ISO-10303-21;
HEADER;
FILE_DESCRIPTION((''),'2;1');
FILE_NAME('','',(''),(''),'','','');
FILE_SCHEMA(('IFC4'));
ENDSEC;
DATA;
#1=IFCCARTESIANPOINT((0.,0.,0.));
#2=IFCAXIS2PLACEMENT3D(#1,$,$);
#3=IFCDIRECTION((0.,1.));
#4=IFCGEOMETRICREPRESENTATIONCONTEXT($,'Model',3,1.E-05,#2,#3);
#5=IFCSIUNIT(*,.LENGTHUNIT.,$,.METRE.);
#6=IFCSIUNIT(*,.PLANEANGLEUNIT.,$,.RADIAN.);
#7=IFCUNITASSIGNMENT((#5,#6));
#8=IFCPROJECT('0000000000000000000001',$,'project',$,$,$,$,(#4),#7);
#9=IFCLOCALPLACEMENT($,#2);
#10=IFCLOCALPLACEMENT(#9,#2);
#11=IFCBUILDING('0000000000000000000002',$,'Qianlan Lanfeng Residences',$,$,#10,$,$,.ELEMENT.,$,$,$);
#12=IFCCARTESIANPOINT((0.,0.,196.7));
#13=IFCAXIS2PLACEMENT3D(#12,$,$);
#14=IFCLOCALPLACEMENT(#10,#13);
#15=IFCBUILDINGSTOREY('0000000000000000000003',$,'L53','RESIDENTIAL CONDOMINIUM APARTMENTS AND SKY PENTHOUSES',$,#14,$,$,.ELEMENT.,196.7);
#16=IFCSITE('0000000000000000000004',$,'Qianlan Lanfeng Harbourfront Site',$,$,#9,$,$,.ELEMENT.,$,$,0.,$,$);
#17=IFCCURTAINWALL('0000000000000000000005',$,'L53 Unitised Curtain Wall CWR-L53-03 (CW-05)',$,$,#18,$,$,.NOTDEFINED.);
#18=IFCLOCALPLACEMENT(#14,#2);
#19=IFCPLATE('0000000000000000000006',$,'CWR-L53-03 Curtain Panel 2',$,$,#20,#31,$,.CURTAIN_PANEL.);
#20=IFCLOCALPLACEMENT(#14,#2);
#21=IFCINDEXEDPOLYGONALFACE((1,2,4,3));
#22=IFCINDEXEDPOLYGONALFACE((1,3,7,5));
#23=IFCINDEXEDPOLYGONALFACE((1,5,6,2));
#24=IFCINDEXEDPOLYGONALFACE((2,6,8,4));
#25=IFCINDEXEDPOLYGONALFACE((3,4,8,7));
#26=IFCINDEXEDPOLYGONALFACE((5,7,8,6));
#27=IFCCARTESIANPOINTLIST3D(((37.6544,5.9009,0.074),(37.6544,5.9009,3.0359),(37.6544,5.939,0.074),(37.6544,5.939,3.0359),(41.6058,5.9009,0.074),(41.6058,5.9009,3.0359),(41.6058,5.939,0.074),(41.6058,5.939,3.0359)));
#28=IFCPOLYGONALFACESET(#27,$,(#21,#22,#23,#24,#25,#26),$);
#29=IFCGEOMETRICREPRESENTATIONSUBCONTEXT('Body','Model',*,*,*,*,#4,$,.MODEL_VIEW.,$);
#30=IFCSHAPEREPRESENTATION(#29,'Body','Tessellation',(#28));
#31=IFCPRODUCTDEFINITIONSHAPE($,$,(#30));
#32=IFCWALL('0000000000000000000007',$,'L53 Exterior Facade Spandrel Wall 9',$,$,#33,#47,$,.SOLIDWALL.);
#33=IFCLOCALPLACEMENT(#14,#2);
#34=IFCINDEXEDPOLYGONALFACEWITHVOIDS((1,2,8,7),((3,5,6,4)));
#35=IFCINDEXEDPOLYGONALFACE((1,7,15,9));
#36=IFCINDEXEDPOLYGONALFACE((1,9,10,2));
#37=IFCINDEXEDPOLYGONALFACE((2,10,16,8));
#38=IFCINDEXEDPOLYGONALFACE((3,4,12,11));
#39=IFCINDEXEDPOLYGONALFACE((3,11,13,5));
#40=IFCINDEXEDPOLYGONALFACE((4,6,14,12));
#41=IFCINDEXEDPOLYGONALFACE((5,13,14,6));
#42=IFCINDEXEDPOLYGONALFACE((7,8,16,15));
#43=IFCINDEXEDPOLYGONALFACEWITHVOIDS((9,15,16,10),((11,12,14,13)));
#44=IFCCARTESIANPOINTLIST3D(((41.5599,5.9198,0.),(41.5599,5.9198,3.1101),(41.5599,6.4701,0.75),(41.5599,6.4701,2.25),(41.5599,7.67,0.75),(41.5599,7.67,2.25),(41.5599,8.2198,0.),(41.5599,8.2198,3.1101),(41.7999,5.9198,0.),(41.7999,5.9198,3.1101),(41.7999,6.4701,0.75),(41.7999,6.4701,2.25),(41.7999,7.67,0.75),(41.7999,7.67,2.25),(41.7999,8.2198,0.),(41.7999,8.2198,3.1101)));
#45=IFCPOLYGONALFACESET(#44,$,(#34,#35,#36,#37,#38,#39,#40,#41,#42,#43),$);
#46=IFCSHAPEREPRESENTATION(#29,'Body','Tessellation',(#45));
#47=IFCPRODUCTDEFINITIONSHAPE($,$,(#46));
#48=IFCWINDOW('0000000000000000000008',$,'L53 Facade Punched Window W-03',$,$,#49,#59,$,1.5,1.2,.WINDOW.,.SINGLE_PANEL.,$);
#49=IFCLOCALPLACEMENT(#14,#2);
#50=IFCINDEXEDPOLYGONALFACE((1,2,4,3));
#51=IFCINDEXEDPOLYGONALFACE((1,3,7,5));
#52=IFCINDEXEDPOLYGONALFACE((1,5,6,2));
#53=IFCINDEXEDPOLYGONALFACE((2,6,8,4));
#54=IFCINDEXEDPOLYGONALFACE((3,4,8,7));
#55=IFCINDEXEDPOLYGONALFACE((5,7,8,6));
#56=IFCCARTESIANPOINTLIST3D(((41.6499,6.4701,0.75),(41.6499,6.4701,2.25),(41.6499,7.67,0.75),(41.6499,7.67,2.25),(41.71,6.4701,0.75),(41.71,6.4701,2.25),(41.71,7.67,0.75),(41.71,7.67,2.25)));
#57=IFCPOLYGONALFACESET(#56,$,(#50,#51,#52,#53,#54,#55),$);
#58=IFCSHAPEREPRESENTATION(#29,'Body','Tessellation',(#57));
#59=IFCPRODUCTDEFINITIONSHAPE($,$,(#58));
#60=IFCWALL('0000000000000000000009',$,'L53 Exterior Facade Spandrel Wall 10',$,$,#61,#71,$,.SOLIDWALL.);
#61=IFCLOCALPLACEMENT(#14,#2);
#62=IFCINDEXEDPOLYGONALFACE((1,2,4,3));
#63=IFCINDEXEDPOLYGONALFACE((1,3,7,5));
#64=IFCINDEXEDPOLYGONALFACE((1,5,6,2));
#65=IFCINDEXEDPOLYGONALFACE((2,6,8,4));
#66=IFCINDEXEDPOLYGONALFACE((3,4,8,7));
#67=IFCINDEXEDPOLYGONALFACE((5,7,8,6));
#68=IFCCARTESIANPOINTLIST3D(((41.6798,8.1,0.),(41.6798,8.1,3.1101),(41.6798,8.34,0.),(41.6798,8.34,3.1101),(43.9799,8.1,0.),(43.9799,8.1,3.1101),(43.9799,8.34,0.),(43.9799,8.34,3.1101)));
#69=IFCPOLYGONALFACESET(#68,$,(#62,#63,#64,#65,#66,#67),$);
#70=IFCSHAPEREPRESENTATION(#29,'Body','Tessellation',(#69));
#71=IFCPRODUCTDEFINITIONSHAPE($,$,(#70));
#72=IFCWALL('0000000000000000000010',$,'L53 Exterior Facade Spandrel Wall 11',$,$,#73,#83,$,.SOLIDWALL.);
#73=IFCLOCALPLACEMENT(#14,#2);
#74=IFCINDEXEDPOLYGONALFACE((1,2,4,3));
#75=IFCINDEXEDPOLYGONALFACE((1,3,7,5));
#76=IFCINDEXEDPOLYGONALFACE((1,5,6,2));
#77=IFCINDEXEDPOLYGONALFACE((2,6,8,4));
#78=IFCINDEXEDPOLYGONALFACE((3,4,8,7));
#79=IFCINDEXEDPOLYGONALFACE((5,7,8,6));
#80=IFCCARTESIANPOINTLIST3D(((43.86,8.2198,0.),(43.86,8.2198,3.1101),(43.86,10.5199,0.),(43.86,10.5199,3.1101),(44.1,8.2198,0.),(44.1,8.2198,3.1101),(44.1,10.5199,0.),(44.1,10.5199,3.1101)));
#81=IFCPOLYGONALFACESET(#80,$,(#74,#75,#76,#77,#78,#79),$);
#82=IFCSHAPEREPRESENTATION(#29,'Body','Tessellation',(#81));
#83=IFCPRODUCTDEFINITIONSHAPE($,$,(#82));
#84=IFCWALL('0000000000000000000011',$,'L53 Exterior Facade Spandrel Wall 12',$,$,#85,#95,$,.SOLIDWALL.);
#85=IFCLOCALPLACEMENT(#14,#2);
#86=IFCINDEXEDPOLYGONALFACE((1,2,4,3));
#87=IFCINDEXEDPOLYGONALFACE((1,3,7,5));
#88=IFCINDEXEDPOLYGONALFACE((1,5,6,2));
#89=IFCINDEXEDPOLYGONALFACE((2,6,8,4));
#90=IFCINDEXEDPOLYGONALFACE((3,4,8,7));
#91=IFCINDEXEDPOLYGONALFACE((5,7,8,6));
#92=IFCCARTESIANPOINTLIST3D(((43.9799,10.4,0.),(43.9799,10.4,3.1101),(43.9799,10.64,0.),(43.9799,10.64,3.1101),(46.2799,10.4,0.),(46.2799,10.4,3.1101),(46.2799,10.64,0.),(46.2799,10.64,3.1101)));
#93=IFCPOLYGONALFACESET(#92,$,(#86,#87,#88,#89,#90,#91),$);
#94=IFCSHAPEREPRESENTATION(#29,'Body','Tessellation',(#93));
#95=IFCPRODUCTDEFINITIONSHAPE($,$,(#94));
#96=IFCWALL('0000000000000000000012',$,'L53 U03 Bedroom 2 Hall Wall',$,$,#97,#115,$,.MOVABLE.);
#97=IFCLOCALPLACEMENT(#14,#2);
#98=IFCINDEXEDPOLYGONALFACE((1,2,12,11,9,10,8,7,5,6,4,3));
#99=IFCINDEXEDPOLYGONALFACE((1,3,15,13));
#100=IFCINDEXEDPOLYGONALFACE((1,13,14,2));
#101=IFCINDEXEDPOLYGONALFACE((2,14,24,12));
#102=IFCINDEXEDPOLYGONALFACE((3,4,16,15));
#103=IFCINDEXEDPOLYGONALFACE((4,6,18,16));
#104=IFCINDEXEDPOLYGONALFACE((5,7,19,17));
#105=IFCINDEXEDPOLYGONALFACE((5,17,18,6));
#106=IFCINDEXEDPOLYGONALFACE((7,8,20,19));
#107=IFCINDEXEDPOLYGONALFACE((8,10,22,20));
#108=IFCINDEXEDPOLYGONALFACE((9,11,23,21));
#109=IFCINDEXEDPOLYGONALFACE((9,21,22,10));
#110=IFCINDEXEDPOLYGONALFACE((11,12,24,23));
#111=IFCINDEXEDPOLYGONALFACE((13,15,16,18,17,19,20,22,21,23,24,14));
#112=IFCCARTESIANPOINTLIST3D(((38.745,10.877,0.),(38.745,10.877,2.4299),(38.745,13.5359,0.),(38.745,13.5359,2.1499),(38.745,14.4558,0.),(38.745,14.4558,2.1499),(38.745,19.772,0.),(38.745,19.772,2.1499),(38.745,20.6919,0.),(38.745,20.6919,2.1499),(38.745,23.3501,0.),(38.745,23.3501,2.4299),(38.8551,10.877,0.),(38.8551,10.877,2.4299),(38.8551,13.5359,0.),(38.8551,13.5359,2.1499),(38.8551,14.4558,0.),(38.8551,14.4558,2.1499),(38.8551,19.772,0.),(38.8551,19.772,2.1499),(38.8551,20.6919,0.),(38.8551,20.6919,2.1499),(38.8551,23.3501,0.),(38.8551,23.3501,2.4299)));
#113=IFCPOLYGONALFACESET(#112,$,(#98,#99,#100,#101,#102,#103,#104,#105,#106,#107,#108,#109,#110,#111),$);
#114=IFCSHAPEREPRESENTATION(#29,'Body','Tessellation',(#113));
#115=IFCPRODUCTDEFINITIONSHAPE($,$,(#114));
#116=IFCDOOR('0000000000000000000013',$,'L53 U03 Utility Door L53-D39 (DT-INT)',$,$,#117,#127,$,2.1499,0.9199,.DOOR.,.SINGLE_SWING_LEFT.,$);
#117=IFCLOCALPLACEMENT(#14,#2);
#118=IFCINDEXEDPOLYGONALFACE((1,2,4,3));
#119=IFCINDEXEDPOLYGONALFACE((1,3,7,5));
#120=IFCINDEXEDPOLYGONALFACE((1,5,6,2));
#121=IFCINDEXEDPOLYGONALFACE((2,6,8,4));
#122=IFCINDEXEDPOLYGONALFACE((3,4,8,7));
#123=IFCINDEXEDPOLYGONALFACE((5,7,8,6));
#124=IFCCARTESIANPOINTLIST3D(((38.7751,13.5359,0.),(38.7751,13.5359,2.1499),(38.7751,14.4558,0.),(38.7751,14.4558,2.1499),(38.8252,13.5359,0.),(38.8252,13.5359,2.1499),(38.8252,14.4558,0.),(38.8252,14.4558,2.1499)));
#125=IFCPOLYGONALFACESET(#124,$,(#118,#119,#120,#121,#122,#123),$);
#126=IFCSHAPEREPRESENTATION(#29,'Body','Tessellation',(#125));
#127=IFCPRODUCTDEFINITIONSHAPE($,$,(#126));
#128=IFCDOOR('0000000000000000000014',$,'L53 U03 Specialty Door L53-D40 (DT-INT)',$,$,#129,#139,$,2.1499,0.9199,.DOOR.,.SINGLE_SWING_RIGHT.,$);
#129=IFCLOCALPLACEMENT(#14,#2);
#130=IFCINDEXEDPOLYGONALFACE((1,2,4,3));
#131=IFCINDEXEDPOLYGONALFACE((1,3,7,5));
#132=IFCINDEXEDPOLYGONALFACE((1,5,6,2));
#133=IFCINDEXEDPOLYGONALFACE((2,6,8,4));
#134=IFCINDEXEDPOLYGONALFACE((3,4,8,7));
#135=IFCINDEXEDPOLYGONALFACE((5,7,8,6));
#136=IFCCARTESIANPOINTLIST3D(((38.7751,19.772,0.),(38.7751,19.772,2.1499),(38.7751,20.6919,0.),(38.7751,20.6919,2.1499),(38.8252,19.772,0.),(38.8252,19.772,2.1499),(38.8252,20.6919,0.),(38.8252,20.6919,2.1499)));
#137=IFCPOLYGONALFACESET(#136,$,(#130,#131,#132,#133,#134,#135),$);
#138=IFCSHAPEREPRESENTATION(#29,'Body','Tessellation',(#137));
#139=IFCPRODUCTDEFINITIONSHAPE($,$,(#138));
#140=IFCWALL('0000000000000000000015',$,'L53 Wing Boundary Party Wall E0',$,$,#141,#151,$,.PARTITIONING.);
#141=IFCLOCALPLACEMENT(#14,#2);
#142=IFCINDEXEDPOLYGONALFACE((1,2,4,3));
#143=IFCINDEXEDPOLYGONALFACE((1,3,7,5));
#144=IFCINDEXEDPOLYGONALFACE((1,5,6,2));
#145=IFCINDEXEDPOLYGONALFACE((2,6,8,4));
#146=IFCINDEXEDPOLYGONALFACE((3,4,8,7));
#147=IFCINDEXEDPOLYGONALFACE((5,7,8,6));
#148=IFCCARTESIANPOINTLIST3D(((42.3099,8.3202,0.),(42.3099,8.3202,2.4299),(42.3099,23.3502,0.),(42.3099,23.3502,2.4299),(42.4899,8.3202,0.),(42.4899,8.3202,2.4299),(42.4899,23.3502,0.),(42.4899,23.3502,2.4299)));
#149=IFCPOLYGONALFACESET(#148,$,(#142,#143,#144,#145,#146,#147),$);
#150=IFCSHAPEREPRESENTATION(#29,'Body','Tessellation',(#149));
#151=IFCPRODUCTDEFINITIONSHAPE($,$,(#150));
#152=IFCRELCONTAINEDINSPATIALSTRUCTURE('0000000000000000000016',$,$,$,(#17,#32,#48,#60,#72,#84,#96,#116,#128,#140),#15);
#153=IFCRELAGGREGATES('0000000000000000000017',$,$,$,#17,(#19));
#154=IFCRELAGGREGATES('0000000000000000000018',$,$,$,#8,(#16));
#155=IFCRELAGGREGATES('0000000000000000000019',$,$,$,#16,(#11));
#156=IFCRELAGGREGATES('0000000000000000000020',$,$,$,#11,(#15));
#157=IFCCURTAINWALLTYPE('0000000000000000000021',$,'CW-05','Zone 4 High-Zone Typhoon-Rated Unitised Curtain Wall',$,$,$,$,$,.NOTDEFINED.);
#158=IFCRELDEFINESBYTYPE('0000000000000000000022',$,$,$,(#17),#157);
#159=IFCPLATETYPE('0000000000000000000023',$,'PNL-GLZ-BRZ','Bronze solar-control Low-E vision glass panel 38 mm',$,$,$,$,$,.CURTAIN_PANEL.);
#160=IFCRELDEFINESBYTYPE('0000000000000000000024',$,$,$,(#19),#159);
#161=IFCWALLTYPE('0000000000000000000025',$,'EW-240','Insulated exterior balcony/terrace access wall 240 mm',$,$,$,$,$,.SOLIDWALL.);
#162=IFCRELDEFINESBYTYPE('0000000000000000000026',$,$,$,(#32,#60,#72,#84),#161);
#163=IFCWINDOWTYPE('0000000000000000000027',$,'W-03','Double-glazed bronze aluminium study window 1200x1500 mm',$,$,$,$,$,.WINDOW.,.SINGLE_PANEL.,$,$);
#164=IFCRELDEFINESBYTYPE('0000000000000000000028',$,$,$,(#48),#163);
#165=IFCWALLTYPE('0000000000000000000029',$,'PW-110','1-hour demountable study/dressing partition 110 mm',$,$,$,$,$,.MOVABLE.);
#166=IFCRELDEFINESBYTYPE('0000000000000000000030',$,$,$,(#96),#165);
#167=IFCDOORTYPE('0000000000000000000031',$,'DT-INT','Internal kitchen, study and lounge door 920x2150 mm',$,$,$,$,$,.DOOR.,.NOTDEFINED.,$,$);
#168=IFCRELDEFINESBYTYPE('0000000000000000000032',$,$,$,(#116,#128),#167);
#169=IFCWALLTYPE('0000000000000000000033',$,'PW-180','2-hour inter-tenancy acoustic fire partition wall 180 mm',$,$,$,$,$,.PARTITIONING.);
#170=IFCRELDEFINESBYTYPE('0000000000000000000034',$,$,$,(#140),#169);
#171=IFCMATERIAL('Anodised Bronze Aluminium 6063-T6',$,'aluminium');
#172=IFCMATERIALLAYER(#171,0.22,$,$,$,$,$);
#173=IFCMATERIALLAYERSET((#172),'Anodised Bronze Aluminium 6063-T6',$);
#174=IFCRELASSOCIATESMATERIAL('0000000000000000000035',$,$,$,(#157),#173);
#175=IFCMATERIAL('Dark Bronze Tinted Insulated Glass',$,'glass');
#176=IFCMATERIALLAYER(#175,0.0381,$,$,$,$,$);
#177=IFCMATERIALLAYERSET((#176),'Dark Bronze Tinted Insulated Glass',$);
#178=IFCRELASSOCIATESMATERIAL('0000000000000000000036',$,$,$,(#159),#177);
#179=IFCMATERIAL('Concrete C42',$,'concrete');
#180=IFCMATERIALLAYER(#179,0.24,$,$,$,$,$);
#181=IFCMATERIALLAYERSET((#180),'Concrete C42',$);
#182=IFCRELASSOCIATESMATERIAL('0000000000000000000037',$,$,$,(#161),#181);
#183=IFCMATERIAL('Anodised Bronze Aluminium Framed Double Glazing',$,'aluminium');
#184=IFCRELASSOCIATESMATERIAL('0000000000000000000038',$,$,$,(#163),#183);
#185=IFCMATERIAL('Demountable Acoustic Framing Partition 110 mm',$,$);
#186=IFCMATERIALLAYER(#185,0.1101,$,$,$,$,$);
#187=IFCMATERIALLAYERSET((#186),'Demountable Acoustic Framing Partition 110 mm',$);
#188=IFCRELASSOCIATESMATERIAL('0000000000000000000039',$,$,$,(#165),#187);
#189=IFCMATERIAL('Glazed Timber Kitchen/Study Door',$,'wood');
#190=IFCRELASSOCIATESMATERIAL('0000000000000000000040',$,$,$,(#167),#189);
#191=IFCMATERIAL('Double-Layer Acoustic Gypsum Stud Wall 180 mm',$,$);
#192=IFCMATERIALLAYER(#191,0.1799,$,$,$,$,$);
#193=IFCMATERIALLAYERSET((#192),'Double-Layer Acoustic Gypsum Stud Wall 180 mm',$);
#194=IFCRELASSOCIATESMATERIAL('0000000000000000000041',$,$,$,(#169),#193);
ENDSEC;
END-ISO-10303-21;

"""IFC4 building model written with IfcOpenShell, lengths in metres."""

from ifc_helpers import new_model, si_unit, direction, frame, frame_2d, origin, origin_2d, place, context, subcontext, project, spatial, rectangle, extrude, source, transform, mapped, material, layer, layer_set, type_object, element, fill, aggregate, save


model = new_model("IFC4")

# Units and contexts
model_context = context("Model", 3, precision=1e-05, world=origin(), true_north=direction((0.0, 1.0)))
body_context = subcontext(model_context, "Body", "Model", "MODEL_VIEW")
ifc_project = project(units=[si_unit("LENGTHUNIT", "METRE"), si_unit("PLANEANGLEUNIT", "RADIAN")], contexts=[model_context])

# Site, building, storey
site_placement = place(None, origin())
site = spatial("IfcSite", under=ifc_project, at=site_placement, Name="Qianlan Lanfeng Harbourfront Site", CompositionType="ELEMENT", RefElevation=0.0)
building_placement = place(site_placement, origin())
building = spatial("IfcBuilding", under=site, at=building_placement, Name="Qianlan Lanfeng Residences", CompositionType="ELEMENT")
storey_placement = place(building_placement, frame((0.0, 0.0, 196.7)))
storey = spatial("IfcBuildingStorey", under=building, at=storey_placement, Name="L53", Description="RESIDENTIAL CONDOMINIUM APARTMENTS AND SKY PENTHOUSES", CompositionType="ELEMENT", Elevation=196.7)

# Curtain wall
ifc_material_1 = material(Name="Anodised Bronze Aluminium 6063-T6", Category="aluminium")
ifc_layer_1 = layer(ifc_material_1, 0.22)
ifc_layer_set_1 = layer_set([ifc_layer_1], Name="Anodised Bronze Aluminium 6063-T6")
curtain_wall_type = type_object("IfcCurtainWallType", Name="CW-05", Description="Zone 4 High-Zone Typhoon-Rated Unitised Curtain Wall", PredefinedType="NOTDEFINED", material=ifc_layer_set_1)
curtain_wall_1_placement = place(storey_placement, origin())
curtain_wall_1 = element("IfcCurtainWall", 1, at=curtain_wall_1_placement, inside=storey, type_object=curtain_wall_type, Name="L53 Unitised Curtain Wall CWR-L53-03 (CW-05)", PredefinedType="NOTDEFINED")

# Plate
ifc_material_2 = material(Name="Dark Bronze Tinted Insulated Glass", Category="glass")
ifc_layer_2 = layer(ifc_material_2, 0.0381)
ifc_layer_set_2 = layer_set([ifc_layer_2], Name="Dark Bronze Tinted Insulated Glass")
plate_type = type_object("IfcPlateType", Name="PNL-GLZ-BRZ", Description="Bronze solar-control Low-E vision glass panel 38 mm", PredefinedType="CURTAIN_PANEL", material=ifc_layer_set_2)
shared_shape_1 = source(origin(), body_context, "Body", "SweptSolid", [
    extrude(rectangle(XDim=3.9514, YDim=0.0381, at=origin_2d()), origin(), (0.0, 0.0, 1.0), 2.9619),
])
plate_placement = place(storey_placement, frame((39.6301, 5.9199, 0.074), z_axis=(0.0, 0.0, 1.0), x_axis=(1.0, 0.0, 0.0)))
plate = element("IfcPlate", 2, at=plate_placement, type_object=plate_type, Name="CWR-L53-03 Curtain Panel 2", PredefinedType="CURTAIN_PANEL", context=body_context, shape_type="MappedRepresentation", body=[
    mapped(shared_shape_1, transform((0.0, 0.0, 0.0), scale=1.0)),
])
aggregate(curtain_wall_1, [plate])

# Wall, opening, window
ifc_material_3 = material(Name="Concrete C42", Category="concrete")
ifc_layer_3 = layer(ifc_material_3, 0.24)
ifc_layer_set_3 = layer_set([ifc_layer_3], Name="Concrete C42")
wall_type_1 = type_object("IfcWallType", Name="EW-240", Description="Insulated exterior balcony/terrace access wall 240 mm", PredefinedType="SOLIDWALL", material=ifc_layer_set_3)
wall_1_placement = place(storey_placement, frame((41.6799, 5.9199, 0.0), z_axis=(0.0, 0.0, 1.0), x_axis=(0.0, 1.0, 0.0)))
wall_1 = element("IfcWall", 3, at=wall_1_placement, inside=storey, type_object=wall_type_1, Name="L53 Exterior Facade Spandrel Wall 9", PredefinedType="SOLIDWALL", context=body_context, shape_type="SweptSolid", body=[
    extrude(rectangle(XDim=2.3, YDim=0.24, at=frame_2d((1.1499, 0.0))), origin(), (0.0, 0.0, 1.0), 3.1101),
])
opening_1_placement = place(wall_1_placement, frame((0.55, 0.0, 0.75)))
opening_1 = element("IfcOpeningElement", 4, at=opening_1_placement, cuts=wall_1, PredefinedType="OPENING", context=body_context, shape_type="SweptSolid", body=[
    extrude(rectangle(XDim=1.2, YDim=1.5, at=frame_2d((0.6001, 0.75))), frame((0.0, 0.1299, 0.0), z_axis=(0.0, -1.0, 0.0), x_axis=(1.0, 0.0, 0.0)), (0.0, 0.0, 1.0), 0.26),
])
ifc_material_4 = material(Name="Anodised Bronze Aluminium Framed Double Glazing", Category="aluminium")
window_type = type_object("IfcWindowType", Name="W-03", Description="Double-glazed bronze aluminium study window 1200x1500 mm", PartitioningType="SINGLE_PANEL", PredefinedType="WINDOW", material=ifc_material_4)
window_placement = place(opening_1_placement, origin())
window = element("IfcWindow", 5, at=window_placement, inside=storey, type_object=window_type, Name="L53 Facade Punched Window W-03", OverallHeight=1.5, OverallWidth=1.2, PartitioningType="SINGLE_PANEL", PredefinedType="WINDOW", context=body_context, shape_type="SweptSolid", body=[
    extrude(rectangle(XDim=1.2, YDim=1.5, at=frame_2d((0.6001, 0.75))), frame((0.0, 0.03, 0.0), z_axis=(0.0, -1.0, 0.0), x_axis=(1.0, 0.0, 0.0)), (0.0, 0.0, 1.0), 0.0601),
])
fill(opening_1, window)

# Walls
for number, where, z_axis, x_axis, name in (
    (6, (41.6799, 8.22, 0.0), (0.0, 0.0, 1.0), (1.0, 0.0, 0.0), "L53 Exterior Facade Spandrel Wall 10"),
    (7, (43.98, 8.22, 0.0), (0.0, 0.0, 1.0), (0.0, 1.0, 0.0), "L53 Exterior Facade Spandrel Wall 11"),
    (8, (43.98, 10.52, 0.0), (0.0, 0.0, 1.0), (1.0, 0.0, 0.0), "L53 Exterior Facade Spandrel Wall 12"),
):
    element("IfcWall", number, at=place(storey_placement, frame(where, z_axis=z_axis, x_axis=x_axis)), inside=storey, type_object=wall_type_1, Name=name, PredefinedType="SOLIDWALL", context=body_context, shape_type="SweptSolid", body=[
        extrude(rectangle(XDim=2.3, YDim=0.24, at=frame_2d((1.1499, 0.0))), origin(), (0.0, 0.0, 1.0), 3.1101),
    ])

# Wall, openings, doors
ifc_material_5 = material(Name="Demountable Acoustic Framing Partition 110 mm")
ifc_layer_4 = layer(ifc_material_5, 0.1101)
ifc_layer_set_4 = layer_set([ifc_layer_4], Name="Demountable Acoustic Framing Partition 110 mm")
wall_type_2 = type_object("IfcWallType", Name="PW-110", Description="1-hour demountable study/dressing partition 110 mm", PredefinedType="MOVABLE", material=ifc_layer_set_4)
wall_2_placement = place(storey_placement, frame((38.8, 10.877, 0.0), z_axis=(0.0, 0.0, 1.0), x_axis=(0.0, 1.0, 0.0)))
wall_2 = element("IfcWall", 9, at=wall_2_placement, inside=storey, type_object=wall_type_2, Name="L53 U03 Bedroom 2 Hall Wall", PredefinedType="MOVABLE", context=body_context, shape_type="SweptSolid", body=[
    extrude(rectangle(XDim=12.4731, YDim=0.1101, at=frame_2d((6.2366, 0.0))), origin(), (0.0, 0.0, 1.0), 2.4299),
])
opening_2_placement = place(wall_2_placement, frame((2.6589, 0.0, 0.0)))
opening_2 = element("IfcOpeningElement", 10, at=opening_2_placement, cuts=wall_2, PredefinedType="OPENING", context=body_context, shape_type="SweptSolid", body=[
    extrude(rectangle(XDim=0.9199, YDim=2.1499, at=frame_2d((0.46, 1.075))), frame((0.0, 0.0649, 0.0), z_axis=(0.0, -1.0, 0.0), x_axis=(1.0, 0.0, 0.0)), (0.0, 0.0, 1.0), 0.1301),
])
opening_3_placement = place(wall_2_placement, frame((8.895, 0.0, 0.0)))
opening_3 = element("IfcOpeningElement", 11, at=opening_3_placement, cuts=wall_2, PredefinedType="OPENING", context=body_context, shape_type="SweptSolid", body=[
    extrude(rectangle(XDim=0.9199, YDim=2.1499, at=frame_2d((0.46, 1.075))), frame((0.0, 0.0649, 0.0), z_axis=(0.0, -1.0, 0.0), x_axis=(1.0, 0.0, 0.0)), (0.0, 0.0, 1.0), 0.1301),
])
ifc_material_6 = material(Name="Glazed Timber Kitchen/Study Door", Category="wood")
door_type = type_object("IfcDoorType", Name="DT-INT", Description="Internal kitchen, study and lounge door 920x2150 mm", OperationType="NOTDEFINED", PredefinedType="DOOR", material=ifc_material_6)
door_1_placement = place(opening_2_placement, origin())
door_1 = element("IfcDoor", 12, at=door_1_placement, inside=storey, type_object=door_type, Name="L53 U03 Utility Door L53-D39 (DT-INT)", OperationType="SINGLE_SWING_LEFT", OverallHeight=2.1499, OverallWidth=0.9199, PredefinedType="DOOR", context=body_context, shape_type="SweptSolid", body=[
    extrude(rectangle(XDim=0.9199, YDim=2.1499, at=frame_2d((0.46, 1.075))), frame((0.0, 0.0249, 0.0), z_axis=(0.0, -1.0, 0.0), x_axis=(1.0, 0.0, 0.0)), (0.0, 0.0, 1.0), 0.05),
])
fill(opening_2, door_1)
door_2_placement = place(opening_3_placement, origin())
door_2 = element("IfcDoor", 13, at=door_2_placement, inside=storey, type_object=door_type, Name="L53 U03 Specialty Door L53-D40 (DT-INT)", OperationType="SINGLE_SWING_RIGHT", OverallHeight=2.1499, OverallWidth=0.9199, PredefinedType="DOOR", context=body_context, shape_type="SweptSolid", body=[
    extrude(rectangle(XDim=0.9199, YDim=2.1499, at=frame_2d((0.46, 1.075))), frame((0.0, 0.0249, 0.0), z_axis=(0.0, -1.0, 0.0), x_axis=(1.0, 0.0, 0.0)), (0.0, 0.0, 1.0), 0.05),
])
fill(opening_3, door_2)

# Wall
ifc_material_7 = material(Name="Double-Layer Acoustic Gypsum Stud Wall 180 mm")
ifc_layer_5 = layer(ifc_material_7, 0.1799)
ifc_layer_set_5 = layer_set([ifc_layer_5], Name="Double-Layer Acoustic Gypsum Stud Wall 180 mm")
wall_type_3 = type_object("IfcWallType", Name="PW-180", Description="2-hour inter-tenancy acoustic fire partition wall 180 mm", PredefinedType="PARTITIONING", material=ifc_layer_set_5)
wall_3_placement = place(storey_placement, frame((42.3999, 8.3201, 0.0), z_axis=(0.0, 0.0, 1.0), x_axis=(0.0, 1.0, 0.0)))
element("IfcWall", 14, at=wall_3_placement, inside=storey, type_object=wall_type_3, Name="L53 Wing Boundary Party Wall E0", PredefinedType="PARTITIONING", context=body_context, shape_type="SweptSolid", body=[
    extrude(rectangle(XDim=15.03, YDim=0.1799, at=frame_2d((7.5151, 0.0))), origin(), (0.0, 0.0, 1.0), 2.4299),
])

save(model, "model.ifc")
